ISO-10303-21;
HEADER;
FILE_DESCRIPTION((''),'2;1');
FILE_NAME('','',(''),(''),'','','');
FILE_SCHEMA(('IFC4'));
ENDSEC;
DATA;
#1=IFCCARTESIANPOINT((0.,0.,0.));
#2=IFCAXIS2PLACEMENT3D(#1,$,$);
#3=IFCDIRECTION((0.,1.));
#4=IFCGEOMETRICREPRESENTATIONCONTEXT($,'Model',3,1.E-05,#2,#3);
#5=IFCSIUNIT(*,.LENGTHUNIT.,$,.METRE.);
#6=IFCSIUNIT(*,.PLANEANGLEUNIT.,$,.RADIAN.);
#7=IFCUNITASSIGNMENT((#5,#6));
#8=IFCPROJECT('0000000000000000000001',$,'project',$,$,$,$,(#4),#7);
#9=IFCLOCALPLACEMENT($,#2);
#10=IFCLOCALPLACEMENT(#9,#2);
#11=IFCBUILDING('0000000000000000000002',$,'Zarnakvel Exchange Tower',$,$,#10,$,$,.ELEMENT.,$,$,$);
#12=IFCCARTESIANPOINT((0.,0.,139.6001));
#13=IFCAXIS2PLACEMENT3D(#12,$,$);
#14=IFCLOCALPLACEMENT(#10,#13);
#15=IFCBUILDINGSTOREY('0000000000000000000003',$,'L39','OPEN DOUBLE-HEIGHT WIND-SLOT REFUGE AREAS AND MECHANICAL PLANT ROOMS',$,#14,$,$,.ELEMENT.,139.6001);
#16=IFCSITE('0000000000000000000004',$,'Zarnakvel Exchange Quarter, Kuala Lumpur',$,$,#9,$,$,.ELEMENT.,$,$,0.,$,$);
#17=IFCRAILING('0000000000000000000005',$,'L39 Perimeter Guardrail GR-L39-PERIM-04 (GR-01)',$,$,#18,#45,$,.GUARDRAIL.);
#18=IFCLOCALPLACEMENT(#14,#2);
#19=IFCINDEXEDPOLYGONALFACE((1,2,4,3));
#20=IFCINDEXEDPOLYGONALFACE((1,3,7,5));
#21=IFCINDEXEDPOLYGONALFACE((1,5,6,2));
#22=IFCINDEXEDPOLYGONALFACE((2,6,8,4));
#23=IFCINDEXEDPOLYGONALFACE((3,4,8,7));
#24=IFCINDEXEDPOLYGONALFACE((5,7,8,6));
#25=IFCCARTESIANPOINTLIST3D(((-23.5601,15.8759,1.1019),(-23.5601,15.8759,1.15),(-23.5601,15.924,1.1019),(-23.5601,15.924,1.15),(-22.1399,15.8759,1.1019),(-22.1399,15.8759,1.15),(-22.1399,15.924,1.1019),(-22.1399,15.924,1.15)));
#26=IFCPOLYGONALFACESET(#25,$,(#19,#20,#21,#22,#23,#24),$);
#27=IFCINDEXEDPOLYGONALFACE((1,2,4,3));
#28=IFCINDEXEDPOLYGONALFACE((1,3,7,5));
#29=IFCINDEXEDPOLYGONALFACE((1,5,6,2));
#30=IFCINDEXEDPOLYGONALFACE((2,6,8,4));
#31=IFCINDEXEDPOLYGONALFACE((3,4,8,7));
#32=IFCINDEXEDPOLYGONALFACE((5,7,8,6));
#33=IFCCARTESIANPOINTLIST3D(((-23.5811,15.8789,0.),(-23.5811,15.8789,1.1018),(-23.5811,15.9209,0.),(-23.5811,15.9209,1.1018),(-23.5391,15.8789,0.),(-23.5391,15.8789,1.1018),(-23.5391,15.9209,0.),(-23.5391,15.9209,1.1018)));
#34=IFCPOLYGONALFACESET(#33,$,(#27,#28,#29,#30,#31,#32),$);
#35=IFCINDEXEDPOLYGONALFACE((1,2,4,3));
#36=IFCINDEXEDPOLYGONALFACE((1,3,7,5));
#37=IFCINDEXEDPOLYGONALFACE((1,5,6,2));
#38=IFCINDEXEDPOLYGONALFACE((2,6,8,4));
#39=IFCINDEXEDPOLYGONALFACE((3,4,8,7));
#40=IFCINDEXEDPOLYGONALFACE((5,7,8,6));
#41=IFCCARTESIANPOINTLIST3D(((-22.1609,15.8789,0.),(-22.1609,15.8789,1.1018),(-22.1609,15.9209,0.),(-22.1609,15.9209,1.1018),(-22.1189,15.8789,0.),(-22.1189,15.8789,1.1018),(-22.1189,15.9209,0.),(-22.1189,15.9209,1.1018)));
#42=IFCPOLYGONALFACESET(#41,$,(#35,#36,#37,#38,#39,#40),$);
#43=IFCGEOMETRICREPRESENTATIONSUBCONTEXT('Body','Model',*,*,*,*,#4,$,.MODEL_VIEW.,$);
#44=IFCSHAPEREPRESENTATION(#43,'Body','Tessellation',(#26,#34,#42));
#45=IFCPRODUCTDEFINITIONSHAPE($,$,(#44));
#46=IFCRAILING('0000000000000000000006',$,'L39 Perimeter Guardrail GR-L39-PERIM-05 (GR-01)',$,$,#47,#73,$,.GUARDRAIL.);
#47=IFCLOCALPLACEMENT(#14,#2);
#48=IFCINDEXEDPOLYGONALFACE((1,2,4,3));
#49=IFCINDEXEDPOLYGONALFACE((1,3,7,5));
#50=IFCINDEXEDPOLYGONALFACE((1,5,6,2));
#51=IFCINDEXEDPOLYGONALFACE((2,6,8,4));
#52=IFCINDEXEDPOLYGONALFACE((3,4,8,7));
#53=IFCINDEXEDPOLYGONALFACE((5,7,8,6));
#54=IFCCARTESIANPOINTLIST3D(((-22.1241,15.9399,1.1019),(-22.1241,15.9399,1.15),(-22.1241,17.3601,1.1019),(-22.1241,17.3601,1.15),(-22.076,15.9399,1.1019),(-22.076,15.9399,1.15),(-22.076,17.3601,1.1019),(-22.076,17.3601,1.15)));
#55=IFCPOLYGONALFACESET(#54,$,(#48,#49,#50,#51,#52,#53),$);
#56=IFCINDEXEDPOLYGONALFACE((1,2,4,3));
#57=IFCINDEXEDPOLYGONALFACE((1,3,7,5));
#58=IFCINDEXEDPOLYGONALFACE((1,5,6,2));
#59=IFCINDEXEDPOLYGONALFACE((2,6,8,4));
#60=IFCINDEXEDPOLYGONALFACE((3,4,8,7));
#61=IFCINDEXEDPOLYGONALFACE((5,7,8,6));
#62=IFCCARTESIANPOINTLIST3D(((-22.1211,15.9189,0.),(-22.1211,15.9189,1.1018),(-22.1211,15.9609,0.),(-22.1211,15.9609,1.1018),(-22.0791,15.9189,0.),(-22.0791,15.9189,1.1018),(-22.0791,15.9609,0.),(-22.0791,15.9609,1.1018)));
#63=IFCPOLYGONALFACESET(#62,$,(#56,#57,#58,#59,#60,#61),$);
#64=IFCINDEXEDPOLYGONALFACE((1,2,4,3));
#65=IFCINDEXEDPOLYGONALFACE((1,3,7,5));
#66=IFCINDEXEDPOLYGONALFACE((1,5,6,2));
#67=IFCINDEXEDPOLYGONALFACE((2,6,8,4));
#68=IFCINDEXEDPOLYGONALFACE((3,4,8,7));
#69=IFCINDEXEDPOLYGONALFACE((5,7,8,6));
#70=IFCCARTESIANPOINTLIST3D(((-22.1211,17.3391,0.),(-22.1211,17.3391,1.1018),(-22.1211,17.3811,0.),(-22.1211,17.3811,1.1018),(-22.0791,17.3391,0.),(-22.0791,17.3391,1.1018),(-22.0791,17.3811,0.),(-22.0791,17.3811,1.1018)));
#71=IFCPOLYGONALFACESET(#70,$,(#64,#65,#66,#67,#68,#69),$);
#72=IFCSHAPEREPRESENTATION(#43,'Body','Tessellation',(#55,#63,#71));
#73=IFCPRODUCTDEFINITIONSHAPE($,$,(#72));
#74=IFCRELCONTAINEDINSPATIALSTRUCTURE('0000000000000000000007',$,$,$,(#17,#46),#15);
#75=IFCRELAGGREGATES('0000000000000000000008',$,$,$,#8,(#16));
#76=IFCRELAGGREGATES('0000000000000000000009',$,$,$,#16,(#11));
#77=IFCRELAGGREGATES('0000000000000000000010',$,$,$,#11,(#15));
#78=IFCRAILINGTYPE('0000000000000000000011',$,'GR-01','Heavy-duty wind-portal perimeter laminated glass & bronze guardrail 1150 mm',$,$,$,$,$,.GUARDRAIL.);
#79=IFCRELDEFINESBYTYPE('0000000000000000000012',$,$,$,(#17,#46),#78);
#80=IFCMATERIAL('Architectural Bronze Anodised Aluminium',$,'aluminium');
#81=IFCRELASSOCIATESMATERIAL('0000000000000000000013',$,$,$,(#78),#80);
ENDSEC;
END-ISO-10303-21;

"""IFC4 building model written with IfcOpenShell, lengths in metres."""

from ifc_helpers import new_model, si_unit, direction, frame, origin, origin_2d, place, context, subcontext, project, spatial, rectangle, extrude, material, type_object, element, save


model = new_model("IFC4")

# Units and contexts
model_context = context("Model", 3, precision=1e-05, world=origin(), true_north=direction((0.0, 1.0)))
body_context = subcontext(model_context, "Body", "Model", "MODEL_VIEW")
ifc_project = project(units=[si_unit("LENGTHUNIT", "METRE"), si_unit("PLANEANGLEUNIT", "RADIAN")], contexts=[model_context])

# Site, building, storey
site_placement = place(None, origin())
site = spatial("IfcSite", under=ifc_project, at=site_placement, Name="Zarnakvel Exchange Quarter, Kuala Lumpur", CompositionType="ELEMENT", RefElevation=0.0)
building_placement = place(site_placement, origin())
building = spatial("IfcBuilding", under=site, at=building_placement, Name="Zarnakvel Exchange Tower", CompositionType="ELEMENT")
storey_placement = place(building_placement, frame((0.0, 0.0, 139.6001)))
storey = spatial("IfcBuildingStorey", under=building, at=storey_placement, Name="L39", Description="OPEN DOUBLE-HEIGHT WIND-SLOT REFUGE AREAS AND MECHANICAL PLANT ROOMS", CompositionType="ELEMENT", Elevation=139.6001)

# Railings
ifc_material_1 = material(Name="Architectural Bronze Anodised Aluminium", Category="aluminium")
railing_type = type_object("IfcRailingType", Name="GR-01", Description="Heavy-duty wind-portal perimeter laminated glass & bronze guardrail 1150 mm", PredefinedType="GUARDRAIL", material=ifc_material_1)
railing_1_placement = place(storey_placement, frame((-23.5601, 15.8999, 0.0)))
element("IfcRailing", 1, at=railing_1_placement, inside=storey, type_object=railing_type, Name="L39 Perimeter Guardrail GR-L39-PERIM-04 (GR-01)", PredefinedType="GUARDRAIL", context=body_context, shape_type="SweptSolid", body=[
    extrude(rectangle(XDim=0.0481, YDim=0.0481, at=origin_2d()), frame((0.0, 0.0, 1.126), z_axis=(1.0, 0.0, 0.0), x_axis=(0.0, 1.0, 0.0)), (0.0, 0.0, 1.0), 1.4202),
    extrude(rectangle(XDim=0.042, YDim=0.042, at=origin_2d()), origin(), (0.0, 0.0, 1.0), 1.1018),
    extrude(rectangle(XDim=0.042, YDim=0.042, at=origin_2d()), frame((1.4202, 0.0, 0.0)), (0.0, 0.0, 1.0), 1.1018),
])
railing_2_placement = place(storey_placement, frame((-22.1001, 15.9399, 0.0)))
element("IfcRailing", 2, at=railing_2_placement, inside=storey, type_object=railing_type, Name="L39 Perimeter Guardrail GR-L39-PERIM-05 (GR-01)", PredefinedType="GUARDRAIL", context=body_context, shape_type="SweptSolid", body=[
    extrude(rectangle(XDim=0.0481, YDim=0.0481, at=origin_2d()), frame((0.0, 0.0, 1.126), z_axis=(0.0, 1.0, 0.0), x_axis=(-1.0, 0.0, 0.0)), (0.0, 0.0, 1.0), 1.4202),
    extrude(rectangle(XDim=0.042, YDim=0.042, at=origin_2d()), origin(), (0.0, 0.0, 1.0), 1.1018),
    extrude(rectangle(XDim=0.042, YDim=0.042, at=origin_2d()), frame((0.0, 1.4202, 0.0)), (0.0, 0.0, 1.0), 1.1018),
])

save(model, "model.ifc")
